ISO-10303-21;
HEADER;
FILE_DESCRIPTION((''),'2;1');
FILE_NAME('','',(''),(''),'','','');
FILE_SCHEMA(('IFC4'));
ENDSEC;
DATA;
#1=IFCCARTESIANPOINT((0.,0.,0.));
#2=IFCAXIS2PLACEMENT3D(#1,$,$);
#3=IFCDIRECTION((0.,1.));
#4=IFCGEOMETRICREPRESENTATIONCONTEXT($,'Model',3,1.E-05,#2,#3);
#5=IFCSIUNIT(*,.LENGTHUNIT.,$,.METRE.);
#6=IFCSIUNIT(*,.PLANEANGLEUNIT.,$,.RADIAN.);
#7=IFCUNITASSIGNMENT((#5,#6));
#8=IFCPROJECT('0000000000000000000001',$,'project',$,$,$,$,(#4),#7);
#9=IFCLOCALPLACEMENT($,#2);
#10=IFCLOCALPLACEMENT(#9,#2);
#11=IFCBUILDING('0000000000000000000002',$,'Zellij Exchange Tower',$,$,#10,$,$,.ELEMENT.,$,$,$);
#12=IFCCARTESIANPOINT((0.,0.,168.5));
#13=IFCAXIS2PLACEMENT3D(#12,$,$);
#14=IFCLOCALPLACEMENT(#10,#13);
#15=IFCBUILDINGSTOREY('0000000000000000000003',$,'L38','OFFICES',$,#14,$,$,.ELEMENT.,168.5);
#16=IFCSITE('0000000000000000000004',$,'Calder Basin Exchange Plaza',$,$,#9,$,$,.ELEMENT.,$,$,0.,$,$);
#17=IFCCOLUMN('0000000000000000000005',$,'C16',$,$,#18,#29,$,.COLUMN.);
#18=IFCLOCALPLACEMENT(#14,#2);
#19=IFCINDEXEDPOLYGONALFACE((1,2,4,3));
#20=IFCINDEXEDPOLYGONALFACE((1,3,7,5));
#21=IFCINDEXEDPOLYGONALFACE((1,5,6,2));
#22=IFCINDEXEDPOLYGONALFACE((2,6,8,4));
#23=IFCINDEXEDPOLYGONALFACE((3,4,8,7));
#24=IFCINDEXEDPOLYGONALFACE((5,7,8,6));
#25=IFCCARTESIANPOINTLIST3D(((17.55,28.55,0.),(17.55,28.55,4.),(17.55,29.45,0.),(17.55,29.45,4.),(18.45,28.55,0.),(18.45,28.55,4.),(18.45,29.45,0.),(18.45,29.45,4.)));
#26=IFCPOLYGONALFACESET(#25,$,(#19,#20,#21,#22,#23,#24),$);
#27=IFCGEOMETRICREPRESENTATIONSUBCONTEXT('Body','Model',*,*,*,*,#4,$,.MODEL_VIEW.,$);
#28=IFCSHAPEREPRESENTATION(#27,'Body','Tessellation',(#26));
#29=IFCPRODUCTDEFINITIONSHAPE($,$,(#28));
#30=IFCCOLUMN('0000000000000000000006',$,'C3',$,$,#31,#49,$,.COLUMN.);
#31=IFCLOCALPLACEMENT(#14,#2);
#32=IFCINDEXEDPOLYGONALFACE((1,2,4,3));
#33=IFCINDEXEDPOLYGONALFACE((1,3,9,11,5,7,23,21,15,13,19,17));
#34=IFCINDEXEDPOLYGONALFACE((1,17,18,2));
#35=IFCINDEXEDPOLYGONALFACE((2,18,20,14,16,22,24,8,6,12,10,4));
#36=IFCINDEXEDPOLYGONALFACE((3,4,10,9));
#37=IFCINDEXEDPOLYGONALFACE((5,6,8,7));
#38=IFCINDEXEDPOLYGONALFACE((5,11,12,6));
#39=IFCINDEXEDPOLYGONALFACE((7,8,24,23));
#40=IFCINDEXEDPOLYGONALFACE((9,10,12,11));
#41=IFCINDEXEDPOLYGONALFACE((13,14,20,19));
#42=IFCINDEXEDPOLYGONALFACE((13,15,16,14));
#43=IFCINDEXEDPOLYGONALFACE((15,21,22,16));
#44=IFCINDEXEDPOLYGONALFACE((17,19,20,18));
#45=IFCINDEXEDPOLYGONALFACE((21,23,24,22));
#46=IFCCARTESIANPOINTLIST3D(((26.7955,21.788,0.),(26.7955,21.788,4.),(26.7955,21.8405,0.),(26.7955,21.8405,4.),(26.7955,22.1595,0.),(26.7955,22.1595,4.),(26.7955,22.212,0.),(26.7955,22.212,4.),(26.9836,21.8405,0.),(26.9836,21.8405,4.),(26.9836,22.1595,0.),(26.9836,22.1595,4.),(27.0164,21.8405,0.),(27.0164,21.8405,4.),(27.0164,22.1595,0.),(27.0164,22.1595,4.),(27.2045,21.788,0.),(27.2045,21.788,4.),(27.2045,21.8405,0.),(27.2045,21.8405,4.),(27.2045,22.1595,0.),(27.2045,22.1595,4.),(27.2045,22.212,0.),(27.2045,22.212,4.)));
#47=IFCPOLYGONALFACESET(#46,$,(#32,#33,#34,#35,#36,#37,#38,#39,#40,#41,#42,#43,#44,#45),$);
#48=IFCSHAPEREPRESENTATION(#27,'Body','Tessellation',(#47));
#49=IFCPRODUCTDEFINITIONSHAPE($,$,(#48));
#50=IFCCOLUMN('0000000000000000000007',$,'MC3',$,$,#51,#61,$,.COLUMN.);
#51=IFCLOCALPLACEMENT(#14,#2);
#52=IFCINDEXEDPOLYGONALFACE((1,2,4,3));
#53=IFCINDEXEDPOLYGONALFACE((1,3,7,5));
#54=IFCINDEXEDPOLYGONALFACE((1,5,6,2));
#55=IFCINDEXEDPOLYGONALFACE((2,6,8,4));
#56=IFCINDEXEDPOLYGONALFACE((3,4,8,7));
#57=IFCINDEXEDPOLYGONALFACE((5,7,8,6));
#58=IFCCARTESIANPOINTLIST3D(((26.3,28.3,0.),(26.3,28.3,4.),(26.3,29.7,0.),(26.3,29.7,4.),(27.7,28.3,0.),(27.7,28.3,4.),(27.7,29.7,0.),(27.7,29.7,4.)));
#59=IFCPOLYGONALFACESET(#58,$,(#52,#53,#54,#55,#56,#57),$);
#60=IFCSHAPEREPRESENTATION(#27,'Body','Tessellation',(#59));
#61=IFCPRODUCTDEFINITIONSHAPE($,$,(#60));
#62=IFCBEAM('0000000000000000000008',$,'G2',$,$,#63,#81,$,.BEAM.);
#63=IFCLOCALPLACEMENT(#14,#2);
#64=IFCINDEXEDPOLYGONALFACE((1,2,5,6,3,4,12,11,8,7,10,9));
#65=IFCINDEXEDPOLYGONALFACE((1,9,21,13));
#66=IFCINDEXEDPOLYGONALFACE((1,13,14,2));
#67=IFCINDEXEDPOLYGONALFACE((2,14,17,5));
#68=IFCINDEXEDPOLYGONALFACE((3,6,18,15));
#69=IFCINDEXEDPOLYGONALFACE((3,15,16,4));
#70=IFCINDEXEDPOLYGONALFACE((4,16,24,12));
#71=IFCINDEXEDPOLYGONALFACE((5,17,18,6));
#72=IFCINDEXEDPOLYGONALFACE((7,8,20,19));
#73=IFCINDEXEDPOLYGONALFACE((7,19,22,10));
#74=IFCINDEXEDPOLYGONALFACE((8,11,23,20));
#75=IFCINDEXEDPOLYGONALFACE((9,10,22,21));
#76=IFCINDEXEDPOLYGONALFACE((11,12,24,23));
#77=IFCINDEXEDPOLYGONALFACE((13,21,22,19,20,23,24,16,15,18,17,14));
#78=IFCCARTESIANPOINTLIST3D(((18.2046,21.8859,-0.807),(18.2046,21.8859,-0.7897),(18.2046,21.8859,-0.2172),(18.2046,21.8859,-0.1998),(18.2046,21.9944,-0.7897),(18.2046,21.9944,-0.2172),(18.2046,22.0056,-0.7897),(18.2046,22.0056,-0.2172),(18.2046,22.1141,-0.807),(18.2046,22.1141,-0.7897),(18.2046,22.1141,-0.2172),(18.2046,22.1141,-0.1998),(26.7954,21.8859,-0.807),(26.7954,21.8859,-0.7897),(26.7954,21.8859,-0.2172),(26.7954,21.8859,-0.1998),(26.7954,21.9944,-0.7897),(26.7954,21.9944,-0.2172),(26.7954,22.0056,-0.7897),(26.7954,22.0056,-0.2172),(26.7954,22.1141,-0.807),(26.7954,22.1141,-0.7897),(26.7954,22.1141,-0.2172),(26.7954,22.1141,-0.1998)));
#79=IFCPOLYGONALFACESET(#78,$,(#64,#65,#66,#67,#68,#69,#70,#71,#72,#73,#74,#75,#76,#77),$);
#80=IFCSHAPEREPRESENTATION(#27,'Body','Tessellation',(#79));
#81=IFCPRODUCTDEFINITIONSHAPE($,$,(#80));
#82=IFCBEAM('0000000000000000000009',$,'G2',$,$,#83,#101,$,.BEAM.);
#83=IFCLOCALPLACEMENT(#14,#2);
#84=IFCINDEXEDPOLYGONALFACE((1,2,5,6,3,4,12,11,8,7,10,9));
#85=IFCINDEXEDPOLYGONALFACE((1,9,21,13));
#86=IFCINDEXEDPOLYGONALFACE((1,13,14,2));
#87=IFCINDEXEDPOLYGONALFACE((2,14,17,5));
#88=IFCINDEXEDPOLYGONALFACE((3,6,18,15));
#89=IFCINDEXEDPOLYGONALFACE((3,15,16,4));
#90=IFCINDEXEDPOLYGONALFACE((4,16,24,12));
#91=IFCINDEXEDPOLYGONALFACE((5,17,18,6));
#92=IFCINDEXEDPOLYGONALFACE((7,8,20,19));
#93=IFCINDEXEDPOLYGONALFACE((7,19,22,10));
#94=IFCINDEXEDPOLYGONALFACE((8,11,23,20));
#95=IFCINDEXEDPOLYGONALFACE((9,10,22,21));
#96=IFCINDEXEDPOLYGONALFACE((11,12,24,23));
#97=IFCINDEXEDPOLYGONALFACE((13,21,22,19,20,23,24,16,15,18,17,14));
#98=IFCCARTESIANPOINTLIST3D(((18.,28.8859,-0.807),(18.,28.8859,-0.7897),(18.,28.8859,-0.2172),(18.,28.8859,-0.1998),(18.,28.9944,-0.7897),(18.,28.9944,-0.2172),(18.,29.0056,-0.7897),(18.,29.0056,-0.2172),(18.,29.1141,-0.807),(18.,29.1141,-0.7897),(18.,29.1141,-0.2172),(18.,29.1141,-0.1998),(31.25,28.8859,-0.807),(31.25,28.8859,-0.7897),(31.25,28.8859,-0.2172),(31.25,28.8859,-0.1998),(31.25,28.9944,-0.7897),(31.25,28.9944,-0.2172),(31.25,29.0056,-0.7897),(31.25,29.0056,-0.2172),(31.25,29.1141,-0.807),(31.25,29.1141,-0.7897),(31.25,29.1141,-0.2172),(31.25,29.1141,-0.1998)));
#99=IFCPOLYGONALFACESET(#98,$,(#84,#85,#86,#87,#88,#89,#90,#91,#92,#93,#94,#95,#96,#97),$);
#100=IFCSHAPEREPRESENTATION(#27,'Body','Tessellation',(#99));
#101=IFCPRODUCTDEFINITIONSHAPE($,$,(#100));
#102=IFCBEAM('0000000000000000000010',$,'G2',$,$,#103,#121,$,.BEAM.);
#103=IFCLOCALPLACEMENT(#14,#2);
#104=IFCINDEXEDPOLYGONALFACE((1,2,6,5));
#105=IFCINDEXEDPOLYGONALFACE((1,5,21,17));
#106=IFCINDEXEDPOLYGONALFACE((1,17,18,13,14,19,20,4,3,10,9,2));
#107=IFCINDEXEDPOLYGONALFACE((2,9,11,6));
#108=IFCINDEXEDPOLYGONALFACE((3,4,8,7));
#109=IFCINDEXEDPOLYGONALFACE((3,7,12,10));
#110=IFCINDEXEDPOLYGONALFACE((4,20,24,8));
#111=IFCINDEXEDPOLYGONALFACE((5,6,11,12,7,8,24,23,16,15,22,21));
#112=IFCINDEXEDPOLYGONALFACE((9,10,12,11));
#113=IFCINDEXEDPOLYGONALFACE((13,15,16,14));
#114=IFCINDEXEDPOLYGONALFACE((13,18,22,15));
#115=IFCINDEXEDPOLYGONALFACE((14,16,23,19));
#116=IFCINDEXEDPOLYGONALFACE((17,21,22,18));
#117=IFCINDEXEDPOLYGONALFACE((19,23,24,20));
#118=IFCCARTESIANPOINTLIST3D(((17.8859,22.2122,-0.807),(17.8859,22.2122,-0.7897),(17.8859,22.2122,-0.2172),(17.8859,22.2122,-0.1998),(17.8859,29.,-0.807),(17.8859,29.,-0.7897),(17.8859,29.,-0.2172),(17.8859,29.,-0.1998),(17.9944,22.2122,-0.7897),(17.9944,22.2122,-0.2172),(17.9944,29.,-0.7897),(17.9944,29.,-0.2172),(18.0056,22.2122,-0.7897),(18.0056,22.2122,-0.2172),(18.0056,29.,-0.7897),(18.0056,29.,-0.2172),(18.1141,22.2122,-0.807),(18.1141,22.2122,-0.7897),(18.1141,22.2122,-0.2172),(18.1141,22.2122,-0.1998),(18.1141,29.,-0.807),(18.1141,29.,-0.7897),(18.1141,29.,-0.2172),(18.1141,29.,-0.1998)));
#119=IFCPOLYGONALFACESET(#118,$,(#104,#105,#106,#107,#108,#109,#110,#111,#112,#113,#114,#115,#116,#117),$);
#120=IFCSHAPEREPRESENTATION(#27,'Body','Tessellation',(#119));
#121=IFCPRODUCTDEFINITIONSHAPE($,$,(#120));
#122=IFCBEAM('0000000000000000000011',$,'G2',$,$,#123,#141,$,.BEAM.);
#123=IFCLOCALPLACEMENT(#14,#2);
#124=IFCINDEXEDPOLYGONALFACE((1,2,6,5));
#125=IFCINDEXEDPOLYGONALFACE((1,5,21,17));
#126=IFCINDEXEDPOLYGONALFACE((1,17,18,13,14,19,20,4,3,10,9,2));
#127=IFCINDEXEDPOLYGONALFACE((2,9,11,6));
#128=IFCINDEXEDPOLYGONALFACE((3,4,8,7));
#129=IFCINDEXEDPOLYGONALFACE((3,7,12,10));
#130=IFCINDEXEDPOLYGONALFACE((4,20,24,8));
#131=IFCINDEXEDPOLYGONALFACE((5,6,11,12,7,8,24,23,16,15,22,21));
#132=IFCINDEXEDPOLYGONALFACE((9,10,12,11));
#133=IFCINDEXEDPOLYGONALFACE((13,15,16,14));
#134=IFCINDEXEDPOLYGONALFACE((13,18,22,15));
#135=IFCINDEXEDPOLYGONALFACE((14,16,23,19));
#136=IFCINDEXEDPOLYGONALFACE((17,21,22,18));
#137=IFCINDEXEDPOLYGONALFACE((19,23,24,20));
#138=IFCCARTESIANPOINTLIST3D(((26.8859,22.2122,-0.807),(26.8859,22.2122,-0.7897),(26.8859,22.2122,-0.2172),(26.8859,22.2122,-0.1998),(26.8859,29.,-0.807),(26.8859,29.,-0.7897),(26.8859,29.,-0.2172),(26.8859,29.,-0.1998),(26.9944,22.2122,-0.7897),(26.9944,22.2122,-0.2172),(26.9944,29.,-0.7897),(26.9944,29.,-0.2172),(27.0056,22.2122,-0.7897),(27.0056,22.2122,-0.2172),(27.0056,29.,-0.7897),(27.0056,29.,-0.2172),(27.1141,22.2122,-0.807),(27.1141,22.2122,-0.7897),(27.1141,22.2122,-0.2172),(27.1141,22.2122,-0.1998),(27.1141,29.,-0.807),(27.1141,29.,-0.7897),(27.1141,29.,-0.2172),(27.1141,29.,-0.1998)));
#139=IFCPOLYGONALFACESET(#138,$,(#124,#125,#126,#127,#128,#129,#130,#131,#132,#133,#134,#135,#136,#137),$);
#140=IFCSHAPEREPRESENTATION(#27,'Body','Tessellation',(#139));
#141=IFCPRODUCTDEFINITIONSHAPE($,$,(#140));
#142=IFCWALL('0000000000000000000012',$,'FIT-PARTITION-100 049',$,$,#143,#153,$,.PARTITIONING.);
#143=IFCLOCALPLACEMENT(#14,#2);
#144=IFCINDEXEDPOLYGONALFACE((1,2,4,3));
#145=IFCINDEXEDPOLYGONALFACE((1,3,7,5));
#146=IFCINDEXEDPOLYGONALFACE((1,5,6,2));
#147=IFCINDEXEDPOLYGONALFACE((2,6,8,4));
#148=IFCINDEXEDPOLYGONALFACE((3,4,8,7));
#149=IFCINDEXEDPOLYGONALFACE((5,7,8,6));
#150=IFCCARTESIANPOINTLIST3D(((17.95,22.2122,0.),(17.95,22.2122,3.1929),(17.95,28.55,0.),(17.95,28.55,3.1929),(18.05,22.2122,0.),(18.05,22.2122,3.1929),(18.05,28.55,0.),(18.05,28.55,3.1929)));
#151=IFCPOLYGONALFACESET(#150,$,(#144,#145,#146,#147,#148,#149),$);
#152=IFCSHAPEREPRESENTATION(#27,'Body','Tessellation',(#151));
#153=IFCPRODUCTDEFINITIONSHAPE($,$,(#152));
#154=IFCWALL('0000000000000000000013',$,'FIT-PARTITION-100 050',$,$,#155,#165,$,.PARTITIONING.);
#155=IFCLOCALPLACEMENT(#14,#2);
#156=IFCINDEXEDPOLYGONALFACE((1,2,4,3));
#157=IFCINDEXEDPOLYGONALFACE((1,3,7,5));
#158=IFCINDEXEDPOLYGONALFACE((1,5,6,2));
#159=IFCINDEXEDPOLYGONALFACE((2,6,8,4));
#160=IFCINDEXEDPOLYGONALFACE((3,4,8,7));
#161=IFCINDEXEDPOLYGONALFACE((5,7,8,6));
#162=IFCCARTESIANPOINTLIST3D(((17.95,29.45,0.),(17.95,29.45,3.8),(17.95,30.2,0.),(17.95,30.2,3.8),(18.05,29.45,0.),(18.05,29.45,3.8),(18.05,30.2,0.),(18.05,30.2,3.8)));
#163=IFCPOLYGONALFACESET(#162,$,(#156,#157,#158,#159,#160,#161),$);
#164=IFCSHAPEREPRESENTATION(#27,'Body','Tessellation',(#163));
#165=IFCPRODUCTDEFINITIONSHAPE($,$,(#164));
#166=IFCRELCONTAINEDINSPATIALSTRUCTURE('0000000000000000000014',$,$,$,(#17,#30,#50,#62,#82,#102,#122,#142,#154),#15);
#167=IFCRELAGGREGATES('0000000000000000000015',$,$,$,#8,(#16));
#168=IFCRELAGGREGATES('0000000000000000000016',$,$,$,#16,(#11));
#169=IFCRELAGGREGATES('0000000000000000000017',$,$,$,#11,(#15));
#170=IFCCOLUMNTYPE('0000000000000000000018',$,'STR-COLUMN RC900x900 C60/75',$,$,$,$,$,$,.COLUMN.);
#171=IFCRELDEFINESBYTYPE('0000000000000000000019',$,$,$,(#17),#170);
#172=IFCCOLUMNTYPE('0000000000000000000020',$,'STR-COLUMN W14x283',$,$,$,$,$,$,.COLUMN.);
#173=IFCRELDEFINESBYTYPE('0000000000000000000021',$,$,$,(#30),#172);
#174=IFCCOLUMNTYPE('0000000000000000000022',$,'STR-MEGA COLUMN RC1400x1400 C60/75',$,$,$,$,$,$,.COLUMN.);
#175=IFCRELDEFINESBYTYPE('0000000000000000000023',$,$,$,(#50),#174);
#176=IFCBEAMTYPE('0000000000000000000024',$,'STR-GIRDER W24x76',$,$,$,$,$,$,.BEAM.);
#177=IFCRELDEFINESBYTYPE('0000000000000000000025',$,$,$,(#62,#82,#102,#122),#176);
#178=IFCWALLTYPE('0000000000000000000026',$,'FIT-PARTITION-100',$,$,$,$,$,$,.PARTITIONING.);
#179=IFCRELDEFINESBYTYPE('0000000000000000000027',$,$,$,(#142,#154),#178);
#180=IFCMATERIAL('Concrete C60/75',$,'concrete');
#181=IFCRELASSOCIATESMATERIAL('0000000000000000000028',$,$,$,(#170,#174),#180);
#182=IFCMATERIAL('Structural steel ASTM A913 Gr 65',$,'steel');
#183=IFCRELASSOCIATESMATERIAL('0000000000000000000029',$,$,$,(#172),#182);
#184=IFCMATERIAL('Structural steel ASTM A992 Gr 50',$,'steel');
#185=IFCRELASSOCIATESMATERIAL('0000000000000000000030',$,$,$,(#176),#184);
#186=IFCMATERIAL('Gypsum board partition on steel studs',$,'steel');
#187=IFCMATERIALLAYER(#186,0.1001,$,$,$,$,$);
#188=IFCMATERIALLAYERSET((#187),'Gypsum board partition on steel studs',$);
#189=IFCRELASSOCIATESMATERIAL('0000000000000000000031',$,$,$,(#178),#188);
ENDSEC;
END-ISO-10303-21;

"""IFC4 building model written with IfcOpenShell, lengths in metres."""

from ifc_helpers import new_model, si_unit, direction, frame, frame_2d, origin, origin_2d, place, context, subcontext, project, spatial, rectangle, i_section, extrude, material, layer, layer_set, material_profile, profile_set, type_object, element, save


model = new_model("IFC4")

# Units and contexts
model_context = context("Model", 3, precision=1e-05, world=origin(), true_north=direction((0.0, 1.0)))
body_context = subcontext(model_context, "Body", "Model", "MODEL_VIEW")
ifc_project = project(units=[si_unit("LENGTHUNIT", "METRE"), si_unit("PLANEANGLEUNIT", "RADIAN")], contexts=[model_context])

# Site, building, storey
site_placement = place(None, origin())
site = spatial("IfcSite", under=ifc_project, at=site_placement, Name="Calder Basin Exchange Plaza", CompositionType="ELEMENT", RefElevation=0.0)
building_placement = place(site_placement, origin())
building = spatial("IfcBuilding", under=site, at=building_placement, Name="Zellij Exchange Tower", CompositionType="ELEMENT")
storey_placement = place(building_placement, frame((0.0, 0.0, 168.5)))
storey = spatial("IfcBuildingStorey", under=building, at=storey_placement, Name="L38", Description="OFFICES", CompositionType="ELEMENT", Elevation=168.5)

# Columns
ifc_material_1 = material(Name="Concrete C60/75", Category="concrete")
ifc_material_profile_1 = material_profile(ifc_material_1, rectangle(XDim=0.8999, YDim=0.8999, at=origin_2d()), Name="STR-COLUMN RC900x900 C60/75")
ifc_profile_set_1 = profile_set([ifc_material_profile_1], Name="Concrete C60/75")
column_type_1 = type_object("IfcColumnType", Name="STR-COLUMN RC900x900 C60/75", PredefinedType="COLUMN", material=ifc_profile_set_1)
column_1_placement = place(storey_placement, frame((18.0, 29.0, 0.0), z_axis=(0.0, 0.0, 1.0), x_axis=(1.0, 0.0, 0.0)))
element("IfcColumn", 1, at=column_1_placement, inside=storey, type_object=column_type_1, Name="C16", PredefinedType="COLUMN", context=body_context, shape_type="SweptSolid", body=[
    extrude(rectangle(XDim=0.8999, YDim=0.8999, at=origin_2d()), origin(), (0.0, 0.0, 1.0), 4.0),
])
ifc_material_2 = material(Name="Structural steel ASTM A913 Gr 65", Category="steel")
ifc_material_profile_2 = material_profile(ifc_material_2, i_section(OverallWidth=0.4089, OverallDepth=0.4241, WebThickness=0.0327, FlangeThickness=0.0525, at=origin_2d()), Name="W14x283")
ifc_profile_set_2 = profile_set([ifc_material_profile_2], Name="Structural steel ASTM A913 Gr 65")
column_type_2 = type_object("IfcColumnType", Name="STR-COLUMN W14x283", PredefinedType="COLUMN", material=ifc_profile_set_2)
column_2_placement = place(storey_placement, frame((27.0, 22.0, 0.0), z_axis=(0.0, 0.0, 1.0), x_axis=(1.0, 0.0, 0.0)))
element("IfcColumn", 2, at=column_2_placement, inside=storey, type_object=column_type_2, Name="C3", PredefinedType="COLUMN", context=body_context, shape_type="SweptSolid", body=[
    extrude(i_section(OverallWidth=0.4089, OverallDepth=0.4241, WebThickness=0.0327, FlangeThickness=0.0525, at=origin_2d()), origin(), (0.0, 0.0, 1.0), 4.0),
])
ifc_material_profile_3 = material_profile(ifc_material_1, rectangle(XDim=1.3999, YDim=1.3999, at=origin_2d()), Name="STR-MEGA COLUMN RC1400x1400 C60/75")
ifc_profile_set_3 = profile_set([ifc_material_profile_3], Name="Concrete C60/75")
column_type_3 = type_object("IfcColumnType", Name="STR-MEGA COLUMN RC1400x1400 C60/75", PredefinedType="COLUMN", material=ifc_profile_set_3)
column_3_placement = place(storey_placement, frame((27.0, 29.0, 0.0), z_axis=(0.0, 0.0, 1.0), x_axis=(1.0, 0.0, 0.0)))
element("IfcColumn", 3, at=column_3_placement, inside=storey, type_object=column_type_3, Name="MC3", PredefinedType="COLUMN", context=body_context, shape_type="SweptSolid", body=[
    extrude(rectangle(XDim=1.3999, YDim=1.3999, at=origin_2d()), origin(), (0.0, 0.0, 1.0), 4.0),
])

# Beams
ifc_material_3 = material(Name="Structural steel ASTM A992 Gr 50", Category="steel")
ifc_material_profile_4 = material_profile(ifc_material_3, i_section(OverallWidth=0.2283, OverallDepth=0.6072, WebThickness=0.0112, FlangeThickness=0.0173, at=origin_2d()), Name="W24x76")
ifc_profile_set_4 = profile_set([ifc_material_profile_4], Name="Structural steel ASTM A992 Gr 50")
beam_type = type_object("IfcBeamType", Name="STR-GIRDER W24x76", PredefinedType="BEAM", material=ifc_profile_set_4)
beam_1_placement = place(storey_placement, frame((18.2046, 22.0, -0.5034), z_axis=(1.0, 0.0, 0.0), x_axis=(0.0, 1.0, 0.0)))
element("IfcBeam", 4, at=beam_1_placement, inside=storey, type_object=beam_type, Name="G2", PredefinedType="BEAM", context=body_context, shape_type="SweptSolid", body=[
    extrude(i_section(OverallWidth=0.2283, OverallDepth=0.6072, WebThickness=0.0112, FlangeThickness=0.0173, at=origin_2d()), origin(), (0.0, 0.0, 1.0), 8.5908),
])
beam_2_placement = place(storey_placement, frame((18.0, 29.0, -0.5034), z_axis=(1.0, 0.0, 0.0), x_axis=(0.0, 1.0, 0.0)))
element("IfcBeam", 5, at=beam_2_placement, inside=storey, type_object=beam_type, Name="G2", PredefinedType="BEAM", context=body_context, shape_type="SweptSolid", body=[
    extrude(i_section(OverallWidth=0.2283, OverallDepth=0.6072, WebThickness=0.0112, FlangeThickness=0.0173, at=origin_2d()), origin(), (0.0, 0.0, 1.0), 13.25),
])
for number, where, z_axis, x_axis, name in (
    (6, (18.0, 22.2122, -0.5034), (0.0, 1.0, 0.0), (-1.0, 0.0, 0.0), "G2"),
    (7, (27.0, 22.2122, -0.5034), (0.0, 1.0, 0.0), (-1.0, 0.0, 0.0), "G2"),
):
    element("IfcBeam", number, at=place(storey_placement, frame(where, z_axis=z_axis, x_axis=x_axis)), inside=storey, type_object=beam_type, Name=name, PredefinedType="BEAM", context=body_context, shape_type="SweptSolid", body=[
        extrude(i_section(OverallWidth=0.2283, OverallDepth=0.6072, WebThickness=0.0112, FlangeThickness=0.0173, at=origin_2d()), origin(), (0.0, 0.0, 1.0), 6.7878),
    ])

# Walls
ifc_material_4 = material(Name="Gypsum board partition on steel studs", Category="steel")
ifc_layer = layer(ifc_material_4, 0.1001)
ifc_layer_set = layer_set([ifc_layer], Name="Gypsum board partition on steel studs")
wall_type = type_object("IfcWallType", Name="FIT-PARTITION-100", PredefinedType="PARTITIONING", material=ifc_layer_set)
wall_1_placement = place(storey_placement, frame((18.0, 22.2122, 0.0), z_axis=(0.0, 0.0, 1.0), x_axis=(0.0, 1.0, 0.0)))
element("IfcWall", 8, at=wall_1_placement, inside=storey, type_object=wall_type, Name="FIT-PARTITION-100 049", PredefinedType="PARTITIONING", context=body_context, shape_type="SweptSolid", body=[
    extrude(rectangle(XDim=6.3379, YDim=0.1001, at=frame_2d((3.1689, 0.0))), origin(), (0.0, 0.0, 1.0), 3.1929),
])
wall_2_placement = place(storey_placement, frame((18.0, 29.45, 0.0), z_axis=(0.0, 0.0, 1.0), x_axis=(0.0, 1.0, 0.0)))
element("IfcWall", 9, at=wall_2_placement, inside=storey, type_object=wall_type, Name="FIT-PARTITION-100 050", PredefinedType="PARTITIONING", context=body_context, shape_type="SweptSolid", body=[
    extrude(rectangle(XDim=0.75, YDim=0.1001, at=frame_2d((0.375, 0.0))), origin(), (0.0, 0.0, 1.0), 3.8),
])

save(model, "model.ifc")
